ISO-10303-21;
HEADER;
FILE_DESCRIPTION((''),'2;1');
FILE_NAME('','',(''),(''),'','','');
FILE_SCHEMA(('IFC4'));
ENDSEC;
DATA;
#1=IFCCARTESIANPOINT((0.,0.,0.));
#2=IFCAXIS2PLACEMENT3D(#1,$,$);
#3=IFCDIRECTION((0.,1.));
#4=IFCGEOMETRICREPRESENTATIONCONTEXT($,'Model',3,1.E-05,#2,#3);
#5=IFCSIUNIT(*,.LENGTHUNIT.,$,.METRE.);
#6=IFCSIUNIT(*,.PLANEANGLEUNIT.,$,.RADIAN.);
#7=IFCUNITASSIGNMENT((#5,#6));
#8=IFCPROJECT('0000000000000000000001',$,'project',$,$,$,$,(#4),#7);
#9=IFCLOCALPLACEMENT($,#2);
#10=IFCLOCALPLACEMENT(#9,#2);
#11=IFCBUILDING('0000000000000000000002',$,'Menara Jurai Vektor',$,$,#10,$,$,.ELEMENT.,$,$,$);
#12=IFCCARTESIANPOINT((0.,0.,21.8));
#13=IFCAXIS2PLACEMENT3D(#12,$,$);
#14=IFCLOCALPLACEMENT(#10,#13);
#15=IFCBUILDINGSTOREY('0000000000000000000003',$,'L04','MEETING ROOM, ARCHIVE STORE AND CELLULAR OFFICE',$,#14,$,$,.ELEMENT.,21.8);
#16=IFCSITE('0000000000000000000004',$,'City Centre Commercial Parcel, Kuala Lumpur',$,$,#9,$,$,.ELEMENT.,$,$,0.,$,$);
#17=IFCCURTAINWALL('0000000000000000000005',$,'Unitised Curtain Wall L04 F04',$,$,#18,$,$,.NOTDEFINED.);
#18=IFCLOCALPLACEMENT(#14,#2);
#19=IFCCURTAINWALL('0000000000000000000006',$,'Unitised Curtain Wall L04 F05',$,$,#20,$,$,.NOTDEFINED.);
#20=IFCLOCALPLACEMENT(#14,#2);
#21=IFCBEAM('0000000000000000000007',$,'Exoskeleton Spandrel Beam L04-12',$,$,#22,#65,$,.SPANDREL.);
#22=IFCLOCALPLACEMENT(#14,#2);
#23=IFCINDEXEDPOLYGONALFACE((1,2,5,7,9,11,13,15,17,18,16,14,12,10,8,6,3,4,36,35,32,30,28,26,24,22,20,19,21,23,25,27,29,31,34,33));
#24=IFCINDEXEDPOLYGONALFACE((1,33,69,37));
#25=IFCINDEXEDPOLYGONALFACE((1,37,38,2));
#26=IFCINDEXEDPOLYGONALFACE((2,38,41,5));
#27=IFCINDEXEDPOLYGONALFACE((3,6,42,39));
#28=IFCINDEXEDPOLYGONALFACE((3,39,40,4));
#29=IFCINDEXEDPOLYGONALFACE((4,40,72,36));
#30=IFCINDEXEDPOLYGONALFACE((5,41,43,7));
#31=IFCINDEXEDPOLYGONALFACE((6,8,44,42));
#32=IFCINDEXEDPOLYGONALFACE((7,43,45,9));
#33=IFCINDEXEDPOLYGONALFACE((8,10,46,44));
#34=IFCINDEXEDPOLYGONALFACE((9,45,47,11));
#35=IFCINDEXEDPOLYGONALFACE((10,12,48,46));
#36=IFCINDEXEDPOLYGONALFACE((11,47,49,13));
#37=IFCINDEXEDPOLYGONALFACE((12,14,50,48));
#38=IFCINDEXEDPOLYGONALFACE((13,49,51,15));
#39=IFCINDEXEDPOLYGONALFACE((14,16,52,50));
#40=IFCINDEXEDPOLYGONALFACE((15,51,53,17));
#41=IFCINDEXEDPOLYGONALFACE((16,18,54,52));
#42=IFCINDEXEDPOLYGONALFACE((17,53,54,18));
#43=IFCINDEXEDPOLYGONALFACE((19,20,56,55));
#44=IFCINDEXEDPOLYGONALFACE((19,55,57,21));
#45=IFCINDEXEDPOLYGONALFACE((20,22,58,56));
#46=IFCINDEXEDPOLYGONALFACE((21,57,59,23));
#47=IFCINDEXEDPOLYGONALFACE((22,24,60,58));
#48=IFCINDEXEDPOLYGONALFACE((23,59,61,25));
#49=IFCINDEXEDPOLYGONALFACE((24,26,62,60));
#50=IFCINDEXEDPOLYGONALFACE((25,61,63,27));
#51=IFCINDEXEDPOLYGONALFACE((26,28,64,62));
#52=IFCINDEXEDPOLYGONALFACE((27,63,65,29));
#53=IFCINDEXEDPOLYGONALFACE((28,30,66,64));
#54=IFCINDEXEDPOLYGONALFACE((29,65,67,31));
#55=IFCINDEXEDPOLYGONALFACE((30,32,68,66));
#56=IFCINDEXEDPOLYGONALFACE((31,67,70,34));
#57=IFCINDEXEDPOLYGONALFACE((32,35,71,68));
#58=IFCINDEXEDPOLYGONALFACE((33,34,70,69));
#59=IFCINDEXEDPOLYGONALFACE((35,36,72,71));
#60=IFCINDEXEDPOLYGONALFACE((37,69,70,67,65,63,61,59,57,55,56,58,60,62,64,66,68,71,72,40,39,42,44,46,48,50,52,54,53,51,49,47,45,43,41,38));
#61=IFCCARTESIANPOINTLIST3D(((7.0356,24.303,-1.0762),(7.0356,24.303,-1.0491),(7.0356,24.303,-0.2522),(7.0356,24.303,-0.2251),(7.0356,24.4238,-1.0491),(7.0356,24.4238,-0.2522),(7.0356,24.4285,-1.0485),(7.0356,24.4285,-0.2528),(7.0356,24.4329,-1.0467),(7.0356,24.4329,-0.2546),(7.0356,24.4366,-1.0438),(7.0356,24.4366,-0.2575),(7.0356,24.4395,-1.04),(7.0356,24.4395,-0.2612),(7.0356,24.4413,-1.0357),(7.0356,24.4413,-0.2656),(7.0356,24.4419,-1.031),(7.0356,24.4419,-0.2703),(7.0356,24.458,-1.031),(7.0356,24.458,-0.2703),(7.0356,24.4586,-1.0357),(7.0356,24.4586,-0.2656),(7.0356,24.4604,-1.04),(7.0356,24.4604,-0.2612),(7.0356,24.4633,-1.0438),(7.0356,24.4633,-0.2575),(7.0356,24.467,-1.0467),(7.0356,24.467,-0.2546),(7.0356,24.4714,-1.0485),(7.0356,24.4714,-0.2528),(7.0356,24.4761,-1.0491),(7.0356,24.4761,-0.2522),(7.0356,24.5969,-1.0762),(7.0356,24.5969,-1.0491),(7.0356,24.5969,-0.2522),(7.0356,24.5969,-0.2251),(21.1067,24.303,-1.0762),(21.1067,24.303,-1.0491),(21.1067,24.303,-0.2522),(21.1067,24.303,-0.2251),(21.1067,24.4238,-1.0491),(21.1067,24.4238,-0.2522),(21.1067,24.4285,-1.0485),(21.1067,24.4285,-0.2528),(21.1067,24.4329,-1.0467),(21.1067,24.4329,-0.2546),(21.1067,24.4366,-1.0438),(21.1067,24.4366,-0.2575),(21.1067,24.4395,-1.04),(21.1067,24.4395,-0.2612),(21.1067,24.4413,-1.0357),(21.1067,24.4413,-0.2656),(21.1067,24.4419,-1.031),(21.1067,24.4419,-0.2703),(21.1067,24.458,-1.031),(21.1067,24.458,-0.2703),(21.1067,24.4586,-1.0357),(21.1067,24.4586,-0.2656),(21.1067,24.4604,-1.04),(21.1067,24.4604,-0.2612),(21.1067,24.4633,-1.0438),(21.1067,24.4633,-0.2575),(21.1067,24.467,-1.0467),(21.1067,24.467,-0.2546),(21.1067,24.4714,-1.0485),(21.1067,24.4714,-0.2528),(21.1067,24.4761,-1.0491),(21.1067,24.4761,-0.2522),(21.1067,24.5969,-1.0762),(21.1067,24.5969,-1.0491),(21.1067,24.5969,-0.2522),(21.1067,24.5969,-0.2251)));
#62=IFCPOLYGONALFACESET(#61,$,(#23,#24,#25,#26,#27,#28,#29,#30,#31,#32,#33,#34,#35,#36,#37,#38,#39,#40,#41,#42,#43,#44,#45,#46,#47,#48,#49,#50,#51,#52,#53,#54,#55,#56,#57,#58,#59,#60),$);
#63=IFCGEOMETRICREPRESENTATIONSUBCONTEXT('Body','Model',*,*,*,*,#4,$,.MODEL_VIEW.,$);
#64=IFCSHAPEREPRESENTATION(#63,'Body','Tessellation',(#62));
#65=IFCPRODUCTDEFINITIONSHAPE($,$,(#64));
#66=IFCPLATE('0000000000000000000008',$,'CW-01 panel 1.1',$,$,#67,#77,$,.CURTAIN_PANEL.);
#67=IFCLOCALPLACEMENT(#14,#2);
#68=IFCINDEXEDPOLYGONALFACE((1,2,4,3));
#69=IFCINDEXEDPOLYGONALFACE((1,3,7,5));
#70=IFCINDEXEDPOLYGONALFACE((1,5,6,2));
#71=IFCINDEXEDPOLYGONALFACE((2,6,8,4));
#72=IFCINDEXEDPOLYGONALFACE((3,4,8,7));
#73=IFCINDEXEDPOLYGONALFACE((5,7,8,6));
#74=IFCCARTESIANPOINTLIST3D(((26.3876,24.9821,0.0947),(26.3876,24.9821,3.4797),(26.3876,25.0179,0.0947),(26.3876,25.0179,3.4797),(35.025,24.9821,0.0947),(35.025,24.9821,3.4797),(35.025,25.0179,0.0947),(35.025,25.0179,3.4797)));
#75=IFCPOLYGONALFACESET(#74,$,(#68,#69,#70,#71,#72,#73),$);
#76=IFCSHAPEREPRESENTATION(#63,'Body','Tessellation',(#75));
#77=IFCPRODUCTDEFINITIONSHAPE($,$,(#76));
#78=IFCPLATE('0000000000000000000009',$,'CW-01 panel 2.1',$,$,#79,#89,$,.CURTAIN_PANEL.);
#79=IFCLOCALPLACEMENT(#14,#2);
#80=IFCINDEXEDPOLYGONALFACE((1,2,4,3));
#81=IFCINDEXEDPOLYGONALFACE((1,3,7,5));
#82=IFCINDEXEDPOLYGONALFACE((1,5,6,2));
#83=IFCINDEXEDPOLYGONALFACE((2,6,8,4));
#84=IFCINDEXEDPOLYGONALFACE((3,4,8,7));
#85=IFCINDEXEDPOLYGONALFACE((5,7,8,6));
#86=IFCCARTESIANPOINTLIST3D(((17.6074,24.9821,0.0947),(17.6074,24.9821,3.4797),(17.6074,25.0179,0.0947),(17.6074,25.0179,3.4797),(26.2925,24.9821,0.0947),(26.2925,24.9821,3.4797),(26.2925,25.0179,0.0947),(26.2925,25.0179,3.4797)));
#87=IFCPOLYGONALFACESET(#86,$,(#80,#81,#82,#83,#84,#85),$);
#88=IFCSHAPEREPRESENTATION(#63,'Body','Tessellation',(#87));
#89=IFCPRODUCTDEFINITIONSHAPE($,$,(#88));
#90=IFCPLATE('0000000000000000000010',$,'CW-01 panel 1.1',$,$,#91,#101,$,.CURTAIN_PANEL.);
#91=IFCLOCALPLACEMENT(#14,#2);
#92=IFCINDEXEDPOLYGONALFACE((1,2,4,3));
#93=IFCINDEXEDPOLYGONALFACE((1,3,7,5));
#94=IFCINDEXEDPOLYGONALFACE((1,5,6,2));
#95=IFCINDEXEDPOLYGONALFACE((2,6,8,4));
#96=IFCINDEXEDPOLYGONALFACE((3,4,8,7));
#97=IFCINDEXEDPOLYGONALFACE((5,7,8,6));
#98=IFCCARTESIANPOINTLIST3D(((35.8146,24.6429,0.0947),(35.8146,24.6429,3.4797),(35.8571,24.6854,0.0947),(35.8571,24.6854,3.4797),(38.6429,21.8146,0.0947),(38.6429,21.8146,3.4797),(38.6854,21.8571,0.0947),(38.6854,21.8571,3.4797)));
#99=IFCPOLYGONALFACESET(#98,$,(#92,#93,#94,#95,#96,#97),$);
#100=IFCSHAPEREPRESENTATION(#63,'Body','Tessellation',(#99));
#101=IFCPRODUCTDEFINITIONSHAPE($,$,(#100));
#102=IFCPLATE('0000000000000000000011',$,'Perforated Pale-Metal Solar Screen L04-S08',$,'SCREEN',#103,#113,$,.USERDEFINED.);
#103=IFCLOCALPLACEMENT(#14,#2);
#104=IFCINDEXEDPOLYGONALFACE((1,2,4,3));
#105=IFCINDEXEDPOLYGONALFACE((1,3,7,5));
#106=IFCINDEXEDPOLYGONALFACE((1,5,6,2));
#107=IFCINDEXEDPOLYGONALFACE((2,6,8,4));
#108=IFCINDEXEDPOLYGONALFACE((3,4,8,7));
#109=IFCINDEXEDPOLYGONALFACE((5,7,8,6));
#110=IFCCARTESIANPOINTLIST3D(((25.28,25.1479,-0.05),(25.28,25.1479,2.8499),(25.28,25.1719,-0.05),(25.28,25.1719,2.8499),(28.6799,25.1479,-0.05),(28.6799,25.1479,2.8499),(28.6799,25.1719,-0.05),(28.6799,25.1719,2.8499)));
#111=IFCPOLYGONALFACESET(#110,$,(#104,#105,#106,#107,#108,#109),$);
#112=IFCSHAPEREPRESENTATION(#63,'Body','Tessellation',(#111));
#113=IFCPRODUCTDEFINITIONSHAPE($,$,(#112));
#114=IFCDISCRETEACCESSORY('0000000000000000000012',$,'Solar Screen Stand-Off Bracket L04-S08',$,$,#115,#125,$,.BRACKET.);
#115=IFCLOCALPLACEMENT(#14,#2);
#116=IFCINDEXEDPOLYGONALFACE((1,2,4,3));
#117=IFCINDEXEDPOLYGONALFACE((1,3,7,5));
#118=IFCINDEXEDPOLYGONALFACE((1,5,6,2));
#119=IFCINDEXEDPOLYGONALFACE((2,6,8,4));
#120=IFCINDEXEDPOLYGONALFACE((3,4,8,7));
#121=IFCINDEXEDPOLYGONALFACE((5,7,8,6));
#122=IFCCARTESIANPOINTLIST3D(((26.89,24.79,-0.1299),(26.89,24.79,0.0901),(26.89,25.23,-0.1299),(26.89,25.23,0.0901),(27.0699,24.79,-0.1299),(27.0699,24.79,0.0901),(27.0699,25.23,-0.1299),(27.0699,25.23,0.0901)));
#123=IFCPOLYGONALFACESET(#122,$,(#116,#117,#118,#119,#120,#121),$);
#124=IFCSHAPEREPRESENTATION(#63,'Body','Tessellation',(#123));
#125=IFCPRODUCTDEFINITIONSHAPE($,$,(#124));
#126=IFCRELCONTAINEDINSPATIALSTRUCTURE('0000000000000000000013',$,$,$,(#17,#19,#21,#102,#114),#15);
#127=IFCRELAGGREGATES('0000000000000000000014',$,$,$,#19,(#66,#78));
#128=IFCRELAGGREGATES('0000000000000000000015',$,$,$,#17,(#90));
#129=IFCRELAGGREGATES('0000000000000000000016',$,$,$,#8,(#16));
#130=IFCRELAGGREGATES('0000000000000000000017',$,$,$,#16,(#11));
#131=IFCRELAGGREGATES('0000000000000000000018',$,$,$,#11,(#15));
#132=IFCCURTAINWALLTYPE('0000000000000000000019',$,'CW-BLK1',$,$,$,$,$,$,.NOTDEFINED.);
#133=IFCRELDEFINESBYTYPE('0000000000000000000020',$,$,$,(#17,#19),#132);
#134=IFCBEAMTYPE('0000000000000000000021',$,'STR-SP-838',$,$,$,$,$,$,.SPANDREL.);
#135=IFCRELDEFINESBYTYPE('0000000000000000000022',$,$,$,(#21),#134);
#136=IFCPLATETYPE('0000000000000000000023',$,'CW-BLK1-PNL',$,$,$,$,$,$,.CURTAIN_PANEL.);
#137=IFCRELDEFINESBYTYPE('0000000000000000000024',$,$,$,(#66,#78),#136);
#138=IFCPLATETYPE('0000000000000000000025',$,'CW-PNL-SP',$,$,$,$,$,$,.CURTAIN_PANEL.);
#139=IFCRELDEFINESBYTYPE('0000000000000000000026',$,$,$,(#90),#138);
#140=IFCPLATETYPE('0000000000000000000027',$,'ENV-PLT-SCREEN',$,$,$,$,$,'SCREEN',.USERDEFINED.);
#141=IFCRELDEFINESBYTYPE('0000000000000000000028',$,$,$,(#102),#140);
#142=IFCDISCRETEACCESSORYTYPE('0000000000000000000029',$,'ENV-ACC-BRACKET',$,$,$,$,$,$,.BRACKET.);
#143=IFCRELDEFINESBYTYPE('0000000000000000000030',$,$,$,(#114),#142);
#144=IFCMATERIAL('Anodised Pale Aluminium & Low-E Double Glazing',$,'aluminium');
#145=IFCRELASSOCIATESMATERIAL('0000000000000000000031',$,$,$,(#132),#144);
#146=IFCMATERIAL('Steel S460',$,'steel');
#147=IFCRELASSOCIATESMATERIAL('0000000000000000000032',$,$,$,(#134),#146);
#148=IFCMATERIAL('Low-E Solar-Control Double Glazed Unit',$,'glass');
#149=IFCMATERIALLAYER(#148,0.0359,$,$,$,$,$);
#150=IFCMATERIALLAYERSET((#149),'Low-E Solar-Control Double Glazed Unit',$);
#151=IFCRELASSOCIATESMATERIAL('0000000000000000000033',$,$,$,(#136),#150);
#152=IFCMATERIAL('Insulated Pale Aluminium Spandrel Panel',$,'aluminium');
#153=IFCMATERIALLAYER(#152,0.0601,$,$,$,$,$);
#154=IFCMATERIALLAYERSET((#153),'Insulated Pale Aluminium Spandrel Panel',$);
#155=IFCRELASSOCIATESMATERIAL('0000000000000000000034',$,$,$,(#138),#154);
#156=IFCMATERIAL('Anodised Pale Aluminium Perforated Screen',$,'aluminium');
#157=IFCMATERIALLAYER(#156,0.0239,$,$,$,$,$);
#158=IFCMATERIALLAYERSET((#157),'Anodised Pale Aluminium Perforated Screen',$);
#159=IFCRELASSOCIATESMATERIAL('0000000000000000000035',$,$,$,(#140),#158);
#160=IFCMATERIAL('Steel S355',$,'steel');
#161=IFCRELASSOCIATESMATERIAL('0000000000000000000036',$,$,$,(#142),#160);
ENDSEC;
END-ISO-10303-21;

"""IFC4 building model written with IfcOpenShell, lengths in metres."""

from ifc_helpers import new_model, si_unit, direction, frame, origin, origin_2d, place, context, subcontext, project, spatial, rectangle, i_section, extrude, material, layer, layer_set, material_profile, profile_set, type_object, element, aggregate, save


model = new_model("IFC4")

# Units and contexts
model_context = context("Model", 3, precision=1e-05, world=origin(), true_north=direction((0.0, 1.0)))
body_context = subcontext(model_context, "Body", "Model", "MODEL_VIEW")
ifc_project = project(units=[si_unit("LENGTHUNIT", "METRE"), si_unit("PLANEANGLEUNIT", "RADIAN")], contexts=[model_context])

# Site, building, storey
site_placement = place(None, origin())
site = spatial("IfcSite", under=ifc_project, at=site_placement, Name="City Centre Commercial Parcel, Kuala Lumpur", CompositionType="ELEMENT", RefElevation=0.0)
building_placement = place(site_placement, origin())
building = spatial("IfcBuilding", under=site, at=building_placement, Name="Menara Jurai Vektor", CompositionType="ELEMENT")
storey_placement = place(building_placement, frame((0.0, 0.0, 21.8)))
storey = spatial("IfcBuildingStorey", under=building, at=storey_placement, Name="L04", Description="MEETING ROOM, ARCHIVE STORE AND CELLULAR OFFICE", CompositionType="ELEMENT", Elevation=21.8)

# Shared definitions
ifc_material_1 = material(Name="Steel S460", Category="steel")

# Curtain walls
ifc_material_2 = material(Name="Anodised Pale Aluminium & Low-E Double Glazing", Category="aluminium")
curtain_wall_type = type_object("IfcCurtainWallType", Name="CW-BLK1", PredefinedType="NOTDEFINED", material=ifc_material_2)
curtain_wall_1_placement = place(storey_placement, origin())
curtain_wall_1 = element("IfcCurtainWall", 1, at=curtain_wall_1_placement, inside=storey, type_object=curtain_wall_type, Name="Unitised Curtain Wall L04 F04", PredefinedType="NOTDEFINED")
curtain_wall_2_placement = place(storey_placement, origin())
curtain_wall_2 = element("IfcCurtainWall", 2, at=curtain_wall_2_placement, inside=storey, type_object=curtain_wall_type, Name="Unitised Curtain Wall L04 F05", PredefinedType="NOTDEFINED")

# Beam
ifc_material_3 = material(Name="Steel S355", Category="steel")
ifc_material_profile_1 = material_profile(ifc_material_1, i_section(OverallWidth=0.2939, OverallDepth=0.8511, WebThickness=0.0161, FlangeThickness=0.0271, FilletRadius=0.0181, at=origin_2d()), Name="UKB 838x292x226")
ifc_profile_set_1 = profile_set([ifc_material_profile_1], Name="Steel S460")
beam_type_1 = type_object("IfcBeamType", Name="STR-SP-838", PredefinedType="SPANDREL", material=ifc_profile_set_1)
for number, where, z_axis, x_axis, name in (
    (3, (21.1067, 24.45, -0.6506), (-1.0, 0.0, 0.0), (0.0, -1.0, 0.0), "Exoskeleton Spandrel Beam L04-12"),
):
    element("IfcBeam", number, at=place(storey_placement, frame(where, z_axis=z_axis, x_axis=x_axis)), inside=storey, type_object=beam_type_1, Name=name, PredefinedType="SPANDREL", context=body_context, shape_type="SweptSolid", body=[
        extrude(i_section(OverallWidth=0.2939, OverallDepth=0.8511, WebThickness=0.0161, FlangeThickness=0.0271, FilletRadius=0.0181, at=origin_2d()), origin(), (0.0, 0.0, 1.0), 14.071),
    ])

# Plates
ifc_material_4 = material(Name="Low-E Solar-Control Double Glazed Unit", Category="glass")
ifc_layer_1 = layer(ifc_material_4, 0.0359)
ifc_layer_set_1 = layer_set([ifc_layer_1], Name="Low-E Solar-Control Double Glazed Unit")
plate_type_1 = type_object("IfcPlateType", Name="CW-BLK1-PNL", PredefinedType="CURTAIN_PANEL", material=ifc_layer_set_1)
plate_1_placement = place(storey_placement, frame((30.7063, 25.0, 0.0947), z_axis=(0.0, 0.0, 1.0), x_axis=(-1.0, 0.0, 0.0)))
plate_1 = element("IfcPlate", 4, at=plate_1_placement, type_object=plate_type_1, Name="CW-01 panel 1.1", PredefinedType="CURTAIN_PANEL", context=body_context, shape_type="SweptSolid", body=[
    extrude(rectangle(XDim=8.6375, YDim=0.0359, at=origin_2d()), origin(), (0.0, 0.0, 1.0), 3.385),
])
plate_2_placement = place(storey_placement, frame((21.95, 25.0, 0.0947), z_axis=(0.0, 0.0, 1.0), x_axis=(-1.0, 0.0, 0.0)))
plate_2 = element("IfcPlate", 5, at=plate_2_placement, type_object=plate_type_1, Name="CW-01 panel 2.1", PredefinedType="CURTAIN_PANEL", context=body_context, shape_type="SweptSolid", body=[
    extrude(rectangle(XDim=8.6851, YDim=0.0359, at=origin_2d()), origin(), (0.0, 0.0, 1.0), 3.385),
])
aggregate(curtain_wall_2, [plate_1, plate_2])
ifc_material_5 = material(Name="Insulated Pale Aluminium Spandrel Panel", Category="aluminium")
ifc_layer_2 = layer(ifc_material_5, 0.0601)
ifc_layer_set_2 = layer_set([ifc_layer_2], Name="Insulated Pale Aluminium Spandrel Panel")
plate_type_2 = type_object("IfcPlateType", Name="CW-PNL-SP", PredefinedType="CURTAIN_PANEL", material=ifc_layer_set_2)
plate_3_placement = place(storey_placement, frame((37.25, 23.25, 0.0947), z_axis=(0.0, 0.0, 1.0), x_axis=(-0.707107, 0.707107, 0.0)))
plate_3 = element("IfcPlate", 6, at=plate_3_placement, type_object=plate_type_2, Name="CW-01 panel 1.1", PredefinedType="CURTAIN_PANEL", context=body_context, shape_type="SweptSolid", body=[
    extrude(rectangle(XDim=3.9998, YDim=0.0601, at=origin_2d()), origin(), (0.0, 0.0, 1.0), 3.385),
])
aggregate(curtain_wall_1, [plate_3])
ifc_material_6 = material(Name="Anodised Pale Aluminium Perforated Screen", Category="aluminium")
ifc_layer_3 = layer(ifc_material_6, 0.0239)
ifc_layer_set_3 = layer_set([ifc_layer_3], Name="Anodised Pale Aluminium Perforated Screen")
plate_type_3 = type_object("IfcPlateType", Name="ENV-PLT-SCREEN", ElementType="SCREEN", PredefinedType="USERDEFINED", material=ifc_layer_set_3)
plate_4_placement = place(storey_placement, frame((26.98, 25.1599, -0.05), z_axis=(0.0, 0.0, 1.0), x_axis=(-1.0, 0.0, 0.0)))
element("IfcPlate", 7, at=plate_4_placement, inside=storey, type_object=plate_type_3, Name="Perforated Pale-Metal Solar Screen L04-S08", ObjectType="SCREEN", PredefinedType="USERDEFINED", context=body_context, shape_type="SweptSolid", body=[
    extrude(rectangle(XDim=3.3999, YDim=0.0239, at=origin_2d()), origin(), (0.0, 0.0, 1.0), 2.8999),
])

# Discrete accessory
discrete_accessory_type = type_object("IfcDiscreteAccessoryType", Name="ENV-ACC-BRACKET", PredefinedType="BRACKET", material=ifc_material_3)
discrete_accessory_placement = place(storey_placement, frame((26.98, 25.01, -0.1299), z_axis=(0.0, 0.0, 1.0), x_axis=(-1.0, 0.0, 0.0)))
element("IfcDiscreteAccessory", 8, at=discrete_accessory_placement, inside=storey, type_object=discrete_accessory_type, Name="Solar Screen Stand-Off Bracket L04-S08", PredefinedType="BRACKET", context=body_context, shape_type="SweptSolid", body=[
    extrude(rectangle(XDim=0.1799, YDim=0.4399, at=origin_2d()), origin(), (0.0, 0.0, 1.0), 0.22),
])

save(model, "model.ifc")
